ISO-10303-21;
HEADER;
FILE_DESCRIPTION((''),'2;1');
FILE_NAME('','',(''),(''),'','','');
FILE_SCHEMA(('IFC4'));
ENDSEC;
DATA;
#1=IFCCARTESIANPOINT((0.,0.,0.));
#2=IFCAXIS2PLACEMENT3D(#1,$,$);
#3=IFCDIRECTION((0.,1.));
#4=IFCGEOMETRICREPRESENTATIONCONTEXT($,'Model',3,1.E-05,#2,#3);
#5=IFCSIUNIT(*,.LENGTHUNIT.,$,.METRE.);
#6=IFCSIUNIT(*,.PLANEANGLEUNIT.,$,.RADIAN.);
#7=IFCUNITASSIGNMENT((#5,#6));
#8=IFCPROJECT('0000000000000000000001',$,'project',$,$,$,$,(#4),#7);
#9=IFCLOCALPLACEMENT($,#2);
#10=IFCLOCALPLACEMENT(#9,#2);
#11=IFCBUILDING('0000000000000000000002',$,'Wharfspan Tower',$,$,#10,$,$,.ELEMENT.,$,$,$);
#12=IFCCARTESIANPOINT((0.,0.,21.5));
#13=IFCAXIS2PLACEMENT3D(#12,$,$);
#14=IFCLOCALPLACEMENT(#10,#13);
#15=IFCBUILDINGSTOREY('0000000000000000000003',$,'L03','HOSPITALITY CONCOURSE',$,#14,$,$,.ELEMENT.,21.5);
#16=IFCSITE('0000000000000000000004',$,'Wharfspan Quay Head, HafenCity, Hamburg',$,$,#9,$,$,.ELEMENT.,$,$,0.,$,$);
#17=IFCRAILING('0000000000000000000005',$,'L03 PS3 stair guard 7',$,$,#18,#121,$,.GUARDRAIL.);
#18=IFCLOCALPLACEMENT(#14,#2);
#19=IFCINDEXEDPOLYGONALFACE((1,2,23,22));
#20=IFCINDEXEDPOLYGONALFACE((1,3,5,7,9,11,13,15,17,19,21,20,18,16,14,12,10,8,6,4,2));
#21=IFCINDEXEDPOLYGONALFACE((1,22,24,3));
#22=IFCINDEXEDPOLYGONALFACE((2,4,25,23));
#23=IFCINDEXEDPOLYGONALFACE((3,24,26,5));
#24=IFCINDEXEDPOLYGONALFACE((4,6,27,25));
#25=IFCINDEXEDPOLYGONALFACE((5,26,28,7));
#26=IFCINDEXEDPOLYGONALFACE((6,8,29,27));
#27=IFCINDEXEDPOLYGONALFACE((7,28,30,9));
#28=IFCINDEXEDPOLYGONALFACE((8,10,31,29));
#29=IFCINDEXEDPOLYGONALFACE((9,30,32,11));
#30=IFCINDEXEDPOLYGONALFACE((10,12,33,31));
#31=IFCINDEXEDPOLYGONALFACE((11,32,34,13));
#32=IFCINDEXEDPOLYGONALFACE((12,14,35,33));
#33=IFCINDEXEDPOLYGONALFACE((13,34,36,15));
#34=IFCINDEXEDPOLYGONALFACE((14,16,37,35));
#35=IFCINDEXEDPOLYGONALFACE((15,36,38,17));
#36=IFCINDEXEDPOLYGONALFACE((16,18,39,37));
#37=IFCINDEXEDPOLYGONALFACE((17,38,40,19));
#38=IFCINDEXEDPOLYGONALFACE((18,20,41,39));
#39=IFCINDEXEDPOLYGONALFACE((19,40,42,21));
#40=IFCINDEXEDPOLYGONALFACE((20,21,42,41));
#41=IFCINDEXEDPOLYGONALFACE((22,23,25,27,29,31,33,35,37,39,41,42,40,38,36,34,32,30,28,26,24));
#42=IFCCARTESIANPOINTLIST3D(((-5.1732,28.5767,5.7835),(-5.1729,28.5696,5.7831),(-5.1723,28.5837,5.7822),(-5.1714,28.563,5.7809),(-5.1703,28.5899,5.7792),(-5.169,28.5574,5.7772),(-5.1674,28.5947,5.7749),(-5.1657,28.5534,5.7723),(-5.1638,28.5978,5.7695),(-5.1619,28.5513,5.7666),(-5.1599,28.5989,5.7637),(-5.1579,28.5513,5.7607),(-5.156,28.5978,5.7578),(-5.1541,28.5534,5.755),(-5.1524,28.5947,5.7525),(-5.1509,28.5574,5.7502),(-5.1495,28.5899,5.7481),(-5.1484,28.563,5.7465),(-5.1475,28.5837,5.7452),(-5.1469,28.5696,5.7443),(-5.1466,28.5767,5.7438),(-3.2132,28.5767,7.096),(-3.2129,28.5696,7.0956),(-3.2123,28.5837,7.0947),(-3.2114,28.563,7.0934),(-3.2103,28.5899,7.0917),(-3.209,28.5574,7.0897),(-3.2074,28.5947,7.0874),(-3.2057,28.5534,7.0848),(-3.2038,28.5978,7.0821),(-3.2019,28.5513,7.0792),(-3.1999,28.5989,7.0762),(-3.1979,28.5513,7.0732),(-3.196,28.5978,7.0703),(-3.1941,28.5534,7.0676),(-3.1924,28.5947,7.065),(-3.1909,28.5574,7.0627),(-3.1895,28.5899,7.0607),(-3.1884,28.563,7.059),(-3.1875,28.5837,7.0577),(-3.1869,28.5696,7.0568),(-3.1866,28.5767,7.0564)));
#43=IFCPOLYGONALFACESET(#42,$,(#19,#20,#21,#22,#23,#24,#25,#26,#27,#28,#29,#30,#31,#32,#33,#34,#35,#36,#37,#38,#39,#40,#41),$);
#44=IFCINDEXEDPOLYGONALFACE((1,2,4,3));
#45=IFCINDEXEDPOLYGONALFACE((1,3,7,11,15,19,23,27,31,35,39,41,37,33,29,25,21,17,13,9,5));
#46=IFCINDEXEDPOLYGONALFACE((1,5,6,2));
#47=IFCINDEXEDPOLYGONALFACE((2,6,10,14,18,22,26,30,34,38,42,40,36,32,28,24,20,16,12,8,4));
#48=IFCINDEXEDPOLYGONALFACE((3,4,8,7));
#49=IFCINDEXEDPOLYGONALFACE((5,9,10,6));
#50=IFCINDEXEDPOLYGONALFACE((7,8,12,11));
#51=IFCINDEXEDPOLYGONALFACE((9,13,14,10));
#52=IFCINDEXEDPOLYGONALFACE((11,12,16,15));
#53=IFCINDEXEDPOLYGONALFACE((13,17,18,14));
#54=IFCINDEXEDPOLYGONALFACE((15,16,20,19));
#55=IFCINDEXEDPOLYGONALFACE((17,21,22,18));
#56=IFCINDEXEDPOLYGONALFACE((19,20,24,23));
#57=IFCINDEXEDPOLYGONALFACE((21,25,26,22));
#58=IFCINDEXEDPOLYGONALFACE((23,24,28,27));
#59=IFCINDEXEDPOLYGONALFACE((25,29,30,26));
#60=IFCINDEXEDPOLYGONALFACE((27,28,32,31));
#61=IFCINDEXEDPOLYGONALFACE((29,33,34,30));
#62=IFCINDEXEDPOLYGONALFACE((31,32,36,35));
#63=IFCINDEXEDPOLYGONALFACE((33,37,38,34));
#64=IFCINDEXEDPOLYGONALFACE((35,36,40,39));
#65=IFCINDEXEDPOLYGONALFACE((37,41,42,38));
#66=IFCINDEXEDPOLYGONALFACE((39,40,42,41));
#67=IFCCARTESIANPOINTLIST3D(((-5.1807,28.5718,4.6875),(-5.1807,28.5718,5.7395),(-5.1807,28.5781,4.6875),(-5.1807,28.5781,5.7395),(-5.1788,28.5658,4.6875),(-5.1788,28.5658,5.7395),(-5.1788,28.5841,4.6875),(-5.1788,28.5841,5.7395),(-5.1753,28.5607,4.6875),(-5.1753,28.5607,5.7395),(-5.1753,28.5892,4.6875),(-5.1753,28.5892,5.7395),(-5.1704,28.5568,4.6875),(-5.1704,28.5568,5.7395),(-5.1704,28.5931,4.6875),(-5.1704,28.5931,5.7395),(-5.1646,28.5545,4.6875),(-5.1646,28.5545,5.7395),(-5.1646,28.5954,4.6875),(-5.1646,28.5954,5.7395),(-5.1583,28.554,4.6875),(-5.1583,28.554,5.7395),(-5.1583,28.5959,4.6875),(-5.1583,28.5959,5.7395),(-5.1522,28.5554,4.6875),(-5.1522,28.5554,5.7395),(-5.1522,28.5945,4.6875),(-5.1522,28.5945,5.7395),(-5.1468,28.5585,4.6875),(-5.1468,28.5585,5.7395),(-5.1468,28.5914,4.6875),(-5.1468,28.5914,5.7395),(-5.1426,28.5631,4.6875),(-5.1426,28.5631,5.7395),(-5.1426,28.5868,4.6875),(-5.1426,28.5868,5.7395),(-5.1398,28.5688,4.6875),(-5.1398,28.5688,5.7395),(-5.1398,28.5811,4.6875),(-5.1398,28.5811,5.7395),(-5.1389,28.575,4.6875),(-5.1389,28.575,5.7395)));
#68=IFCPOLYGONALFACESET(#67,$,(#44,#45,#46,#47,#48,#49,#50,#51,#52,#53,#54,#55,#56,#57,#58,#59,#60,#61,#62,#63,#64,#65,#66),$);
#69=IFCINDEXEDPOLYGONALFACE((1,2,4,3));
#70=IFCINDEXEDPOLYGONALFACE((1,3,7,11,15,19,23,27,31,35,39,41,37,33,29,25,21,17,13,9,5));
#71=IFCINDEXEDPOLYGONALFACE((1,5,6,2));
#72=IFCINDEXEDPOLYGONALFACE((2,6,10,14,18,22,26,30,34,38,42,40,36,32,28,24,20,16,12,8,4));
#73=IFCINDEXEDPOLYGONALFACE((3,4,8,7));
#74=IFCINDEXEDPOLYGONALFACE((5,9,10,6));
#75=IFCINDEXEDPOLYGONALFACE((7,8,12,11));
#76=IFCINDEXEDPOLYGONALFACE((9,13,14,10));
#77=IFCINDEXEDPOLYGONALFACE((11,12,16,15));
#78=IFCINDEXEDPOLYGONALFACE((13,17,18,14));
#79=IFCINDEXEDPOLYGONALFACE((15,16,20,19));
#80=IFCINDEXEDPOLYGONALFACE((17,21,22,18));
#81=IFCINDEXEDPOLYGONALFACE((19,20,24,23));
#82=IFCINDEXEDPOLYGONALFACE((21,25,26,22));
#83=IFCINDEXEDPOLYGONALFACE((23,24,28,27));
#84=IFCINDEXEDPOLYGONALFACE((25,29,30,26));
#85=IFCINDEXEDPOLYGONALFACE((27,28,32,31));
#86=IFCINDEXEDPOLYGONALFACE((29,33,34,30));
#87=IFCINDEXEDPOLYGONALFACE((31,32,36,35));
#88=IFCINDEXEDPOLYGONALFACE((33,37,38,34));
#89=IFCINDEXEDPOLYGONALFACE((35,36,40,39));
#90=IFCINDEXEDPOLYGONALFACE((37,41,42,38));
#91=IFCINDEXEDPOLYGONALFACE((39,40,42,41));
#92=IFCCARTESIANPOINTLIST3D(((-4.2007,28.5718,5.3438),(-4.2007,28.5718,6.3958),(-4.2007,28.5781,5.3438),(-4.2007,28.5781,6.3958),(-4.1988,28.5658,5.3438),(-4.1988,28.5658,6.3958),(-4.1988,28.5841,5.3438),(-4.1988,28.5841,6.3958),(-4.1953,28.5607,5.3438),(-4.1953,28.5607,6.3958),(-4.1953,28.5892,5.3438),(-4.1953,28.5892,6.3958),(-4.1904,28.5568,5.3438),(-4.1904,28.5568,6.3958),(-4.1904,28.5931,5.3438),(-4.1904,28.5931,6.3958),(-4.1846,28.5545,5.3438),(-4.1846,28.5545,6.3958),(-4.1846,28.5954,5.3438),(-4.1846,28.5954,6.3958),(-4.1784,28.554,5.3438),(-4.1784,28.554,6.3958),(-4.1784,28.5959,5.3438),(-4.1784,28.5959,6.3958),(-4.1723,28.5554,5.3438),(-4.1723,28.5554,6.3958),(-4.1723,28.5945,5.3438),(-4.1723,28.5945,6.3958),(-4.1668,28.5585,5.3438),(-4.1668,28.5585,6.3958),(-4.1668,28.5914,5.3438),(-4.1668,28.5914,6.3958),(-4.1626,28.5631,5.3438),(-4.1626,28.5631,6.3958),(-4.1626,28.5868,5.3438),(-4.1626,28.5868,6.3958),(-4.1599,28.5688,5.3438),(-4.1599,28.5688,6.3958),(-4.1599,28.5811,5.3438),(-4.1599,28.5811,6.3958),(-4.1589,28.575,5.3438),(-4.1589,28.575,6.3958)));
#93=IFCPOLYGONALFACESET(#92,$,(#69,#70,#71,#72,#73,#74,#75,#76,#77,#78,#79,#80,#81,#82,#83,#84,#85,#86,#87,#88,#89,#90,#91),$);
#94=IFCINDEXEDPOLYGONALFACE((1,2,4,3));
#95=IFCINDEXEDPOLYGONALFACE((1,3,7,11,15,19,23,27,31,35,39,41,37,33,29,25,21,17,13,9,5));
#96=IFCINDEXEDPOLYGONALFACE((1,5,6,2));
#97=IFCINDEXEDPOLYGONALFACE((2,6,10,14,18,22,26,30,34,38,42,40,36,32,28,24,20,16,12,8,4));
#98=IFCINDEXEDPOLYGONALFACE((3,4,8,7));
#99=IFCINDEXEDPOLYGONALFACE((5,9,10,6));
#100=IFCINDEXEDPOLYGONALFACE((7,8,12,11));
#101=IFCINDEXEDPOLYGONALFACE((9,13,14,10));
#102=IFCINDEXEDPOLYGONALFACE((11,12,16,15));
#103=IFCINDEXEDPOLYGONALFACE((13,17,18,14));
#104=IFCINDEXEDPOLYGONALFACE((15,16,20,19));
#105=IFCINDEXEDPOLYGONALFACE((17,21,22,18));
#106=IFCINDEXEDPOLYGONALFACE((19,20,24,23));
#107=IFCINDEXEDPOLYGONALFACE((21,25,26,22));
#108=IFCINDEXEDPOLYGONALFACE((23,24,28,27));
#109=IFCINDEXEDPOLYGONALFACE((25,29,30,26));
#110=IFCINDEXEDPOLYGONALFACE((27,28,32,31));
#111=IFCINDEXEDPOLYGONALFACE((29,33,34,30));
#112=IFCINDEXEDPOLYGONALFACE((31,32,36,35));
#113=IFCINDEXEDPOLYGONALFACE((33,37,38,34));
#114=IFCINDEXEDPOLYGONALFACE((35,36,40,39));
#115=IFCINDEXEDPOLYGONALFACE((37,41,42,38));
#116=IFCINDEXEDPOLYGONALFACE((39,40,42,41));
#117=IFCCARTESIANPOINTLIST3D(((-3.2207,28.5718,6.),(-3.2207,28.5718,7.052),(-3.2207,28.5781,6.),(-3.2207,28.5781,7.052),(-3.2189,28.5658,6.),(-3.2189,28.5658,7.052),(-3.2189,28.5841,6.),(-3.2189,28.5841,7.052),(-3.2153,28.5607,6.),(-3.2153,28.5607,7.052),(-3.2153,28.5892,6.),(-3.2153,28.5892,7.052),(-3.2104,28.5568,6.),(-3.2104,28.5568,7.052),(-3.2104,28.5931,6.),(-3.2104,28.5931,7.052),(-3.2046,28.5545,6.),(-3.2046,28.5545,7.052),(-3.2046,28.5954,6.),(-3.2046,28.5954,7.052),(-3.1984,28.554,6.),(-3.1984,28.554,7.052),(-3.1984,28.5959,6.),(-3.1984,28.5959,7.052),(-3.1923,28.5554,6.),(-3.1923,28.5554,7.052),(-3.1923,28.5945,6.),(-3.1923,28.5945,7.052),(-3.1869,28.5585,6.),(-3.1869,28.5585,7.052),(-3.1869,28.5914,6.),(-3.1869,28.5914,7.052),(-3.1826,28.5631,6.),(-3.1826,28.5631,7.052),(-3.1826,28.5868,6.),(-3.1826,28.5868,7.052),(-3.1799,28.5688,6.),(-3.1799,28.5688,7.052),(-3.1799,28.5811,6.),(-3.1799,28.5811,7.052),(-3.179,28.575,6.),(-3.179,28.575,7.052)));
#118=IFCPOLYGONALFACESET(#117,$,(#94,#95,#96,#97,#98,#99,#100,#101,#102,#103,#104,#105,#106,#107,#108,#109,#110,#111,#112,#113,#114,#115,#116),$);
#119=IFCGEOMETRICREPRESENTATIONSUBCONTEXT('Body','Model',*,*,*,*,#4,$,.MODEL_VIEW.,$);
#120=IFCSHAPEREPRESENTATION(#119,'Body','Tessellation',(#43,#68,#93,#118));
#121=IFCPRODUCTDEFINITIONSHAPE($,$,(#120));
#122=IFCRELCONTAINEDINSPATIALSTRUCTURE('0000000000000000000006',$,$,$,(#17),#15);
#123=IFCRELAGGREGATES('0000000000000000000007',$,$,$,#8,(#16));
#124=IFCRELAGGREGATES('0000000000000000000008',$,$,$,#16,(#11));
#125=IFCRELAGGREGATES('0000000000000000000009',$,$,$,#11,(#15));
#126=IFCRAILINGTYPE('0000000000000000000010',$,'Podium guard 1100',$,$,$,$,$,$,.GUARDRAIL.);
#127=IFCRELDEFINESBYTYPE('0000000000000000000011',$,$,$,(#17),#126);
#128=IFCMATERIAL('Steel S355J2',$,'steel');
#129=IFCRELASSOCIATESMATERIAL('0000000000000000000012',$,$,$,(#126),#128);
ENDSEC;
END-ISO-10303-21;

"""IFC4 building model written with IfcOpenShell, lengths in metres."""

from ifc_helpers import new_model, si_unit, direction, frame, origin, origin_2d, place, context, subcontext, project, spatial, circle, extrude, material, type_object, element, save


model = new_model("IFC4")

# Units and contexts
model_context = context("Model", 3, precision=1e-05, world=origin(), true_north=direction((0.0, 1.0)))
body_context = subcontext(model_context, "Body", "Model", "MODEL_VIEW")
ifc_project = project(units=[si_unit("LENGTHUNIT", "METRE"), si_unit("PLANEANGLEUNIT", "RADIAN")], contexts=[model_context])

# Site, building, storey
site_placement = place(None, origin())
site = spatial("IfcSite", under=ifc_project, at=site_placement, Name="Wharfspan Quay Head, HafenCity, Hamburg", CompositionType="ELEMENT", RefElevation=0.0)
building_placement = place(site_placement, origin())
building = spatial("IfcBuilding", under=site, at=building_placement, Name="Wharfspan Tower", CompositionType="ELEMENT")
storey_placement = place(building_placement, frame((0.0, 0.0, 21.5)))
storey = spatial("IfcBuildingStorey", under=building, at=storey_placement, Name="L03", Description="HOSPITALITY CONCOURSE", CompositionType="ELEMENT", Elevation=21.5)

# Railing
ifc_material_1 = material(Name="Steel S355J2", Category="steel")
railing_type_1 = type_object("IfcRailingType", Name="Podium guard 1100", PredefinedType="GUARDRAIL", material=ifc_material_1)
railing_1_placement = place(storey_placement, frame((-5.1599, 28.575, 4.6875)))
element("IfcRailing", 1, at=railing_1_placement, inside=storey, type_object=railing_type_1, Name="L03 PS3 stair guard 7", PredefinedType="GUARDRAIL", context=body_context, shape_type="SweptSolid", body=[
    extrude(circle(Radius=0.0239, at=origin_2d()), frame((0.0, 0.0, 1.0762), z_axis=(0.830902, 0.0, 0.556419), x_axis=(0.0, 1.0, 0.0)), (0.0, 0.0, 1.0), 2.3589),
    extrude(circle(Radius=0.021, at=origin_2d()), origin(), (0.0, 0.0, 1.0), 1.052),
    extrude(circle(Radius=0.021, at=origin_2d()), frame((0.98, 0.0, 0.6562)), (0.0, 0.0, 1.0), 1.052),
    extrude(circle(Radius=0.021, at=origin_2d()), frame((1.96, 0.0, 1.3125)), (0.0, 0.0, 1.0), 1.052),
])

save(model, "model.ifc")
